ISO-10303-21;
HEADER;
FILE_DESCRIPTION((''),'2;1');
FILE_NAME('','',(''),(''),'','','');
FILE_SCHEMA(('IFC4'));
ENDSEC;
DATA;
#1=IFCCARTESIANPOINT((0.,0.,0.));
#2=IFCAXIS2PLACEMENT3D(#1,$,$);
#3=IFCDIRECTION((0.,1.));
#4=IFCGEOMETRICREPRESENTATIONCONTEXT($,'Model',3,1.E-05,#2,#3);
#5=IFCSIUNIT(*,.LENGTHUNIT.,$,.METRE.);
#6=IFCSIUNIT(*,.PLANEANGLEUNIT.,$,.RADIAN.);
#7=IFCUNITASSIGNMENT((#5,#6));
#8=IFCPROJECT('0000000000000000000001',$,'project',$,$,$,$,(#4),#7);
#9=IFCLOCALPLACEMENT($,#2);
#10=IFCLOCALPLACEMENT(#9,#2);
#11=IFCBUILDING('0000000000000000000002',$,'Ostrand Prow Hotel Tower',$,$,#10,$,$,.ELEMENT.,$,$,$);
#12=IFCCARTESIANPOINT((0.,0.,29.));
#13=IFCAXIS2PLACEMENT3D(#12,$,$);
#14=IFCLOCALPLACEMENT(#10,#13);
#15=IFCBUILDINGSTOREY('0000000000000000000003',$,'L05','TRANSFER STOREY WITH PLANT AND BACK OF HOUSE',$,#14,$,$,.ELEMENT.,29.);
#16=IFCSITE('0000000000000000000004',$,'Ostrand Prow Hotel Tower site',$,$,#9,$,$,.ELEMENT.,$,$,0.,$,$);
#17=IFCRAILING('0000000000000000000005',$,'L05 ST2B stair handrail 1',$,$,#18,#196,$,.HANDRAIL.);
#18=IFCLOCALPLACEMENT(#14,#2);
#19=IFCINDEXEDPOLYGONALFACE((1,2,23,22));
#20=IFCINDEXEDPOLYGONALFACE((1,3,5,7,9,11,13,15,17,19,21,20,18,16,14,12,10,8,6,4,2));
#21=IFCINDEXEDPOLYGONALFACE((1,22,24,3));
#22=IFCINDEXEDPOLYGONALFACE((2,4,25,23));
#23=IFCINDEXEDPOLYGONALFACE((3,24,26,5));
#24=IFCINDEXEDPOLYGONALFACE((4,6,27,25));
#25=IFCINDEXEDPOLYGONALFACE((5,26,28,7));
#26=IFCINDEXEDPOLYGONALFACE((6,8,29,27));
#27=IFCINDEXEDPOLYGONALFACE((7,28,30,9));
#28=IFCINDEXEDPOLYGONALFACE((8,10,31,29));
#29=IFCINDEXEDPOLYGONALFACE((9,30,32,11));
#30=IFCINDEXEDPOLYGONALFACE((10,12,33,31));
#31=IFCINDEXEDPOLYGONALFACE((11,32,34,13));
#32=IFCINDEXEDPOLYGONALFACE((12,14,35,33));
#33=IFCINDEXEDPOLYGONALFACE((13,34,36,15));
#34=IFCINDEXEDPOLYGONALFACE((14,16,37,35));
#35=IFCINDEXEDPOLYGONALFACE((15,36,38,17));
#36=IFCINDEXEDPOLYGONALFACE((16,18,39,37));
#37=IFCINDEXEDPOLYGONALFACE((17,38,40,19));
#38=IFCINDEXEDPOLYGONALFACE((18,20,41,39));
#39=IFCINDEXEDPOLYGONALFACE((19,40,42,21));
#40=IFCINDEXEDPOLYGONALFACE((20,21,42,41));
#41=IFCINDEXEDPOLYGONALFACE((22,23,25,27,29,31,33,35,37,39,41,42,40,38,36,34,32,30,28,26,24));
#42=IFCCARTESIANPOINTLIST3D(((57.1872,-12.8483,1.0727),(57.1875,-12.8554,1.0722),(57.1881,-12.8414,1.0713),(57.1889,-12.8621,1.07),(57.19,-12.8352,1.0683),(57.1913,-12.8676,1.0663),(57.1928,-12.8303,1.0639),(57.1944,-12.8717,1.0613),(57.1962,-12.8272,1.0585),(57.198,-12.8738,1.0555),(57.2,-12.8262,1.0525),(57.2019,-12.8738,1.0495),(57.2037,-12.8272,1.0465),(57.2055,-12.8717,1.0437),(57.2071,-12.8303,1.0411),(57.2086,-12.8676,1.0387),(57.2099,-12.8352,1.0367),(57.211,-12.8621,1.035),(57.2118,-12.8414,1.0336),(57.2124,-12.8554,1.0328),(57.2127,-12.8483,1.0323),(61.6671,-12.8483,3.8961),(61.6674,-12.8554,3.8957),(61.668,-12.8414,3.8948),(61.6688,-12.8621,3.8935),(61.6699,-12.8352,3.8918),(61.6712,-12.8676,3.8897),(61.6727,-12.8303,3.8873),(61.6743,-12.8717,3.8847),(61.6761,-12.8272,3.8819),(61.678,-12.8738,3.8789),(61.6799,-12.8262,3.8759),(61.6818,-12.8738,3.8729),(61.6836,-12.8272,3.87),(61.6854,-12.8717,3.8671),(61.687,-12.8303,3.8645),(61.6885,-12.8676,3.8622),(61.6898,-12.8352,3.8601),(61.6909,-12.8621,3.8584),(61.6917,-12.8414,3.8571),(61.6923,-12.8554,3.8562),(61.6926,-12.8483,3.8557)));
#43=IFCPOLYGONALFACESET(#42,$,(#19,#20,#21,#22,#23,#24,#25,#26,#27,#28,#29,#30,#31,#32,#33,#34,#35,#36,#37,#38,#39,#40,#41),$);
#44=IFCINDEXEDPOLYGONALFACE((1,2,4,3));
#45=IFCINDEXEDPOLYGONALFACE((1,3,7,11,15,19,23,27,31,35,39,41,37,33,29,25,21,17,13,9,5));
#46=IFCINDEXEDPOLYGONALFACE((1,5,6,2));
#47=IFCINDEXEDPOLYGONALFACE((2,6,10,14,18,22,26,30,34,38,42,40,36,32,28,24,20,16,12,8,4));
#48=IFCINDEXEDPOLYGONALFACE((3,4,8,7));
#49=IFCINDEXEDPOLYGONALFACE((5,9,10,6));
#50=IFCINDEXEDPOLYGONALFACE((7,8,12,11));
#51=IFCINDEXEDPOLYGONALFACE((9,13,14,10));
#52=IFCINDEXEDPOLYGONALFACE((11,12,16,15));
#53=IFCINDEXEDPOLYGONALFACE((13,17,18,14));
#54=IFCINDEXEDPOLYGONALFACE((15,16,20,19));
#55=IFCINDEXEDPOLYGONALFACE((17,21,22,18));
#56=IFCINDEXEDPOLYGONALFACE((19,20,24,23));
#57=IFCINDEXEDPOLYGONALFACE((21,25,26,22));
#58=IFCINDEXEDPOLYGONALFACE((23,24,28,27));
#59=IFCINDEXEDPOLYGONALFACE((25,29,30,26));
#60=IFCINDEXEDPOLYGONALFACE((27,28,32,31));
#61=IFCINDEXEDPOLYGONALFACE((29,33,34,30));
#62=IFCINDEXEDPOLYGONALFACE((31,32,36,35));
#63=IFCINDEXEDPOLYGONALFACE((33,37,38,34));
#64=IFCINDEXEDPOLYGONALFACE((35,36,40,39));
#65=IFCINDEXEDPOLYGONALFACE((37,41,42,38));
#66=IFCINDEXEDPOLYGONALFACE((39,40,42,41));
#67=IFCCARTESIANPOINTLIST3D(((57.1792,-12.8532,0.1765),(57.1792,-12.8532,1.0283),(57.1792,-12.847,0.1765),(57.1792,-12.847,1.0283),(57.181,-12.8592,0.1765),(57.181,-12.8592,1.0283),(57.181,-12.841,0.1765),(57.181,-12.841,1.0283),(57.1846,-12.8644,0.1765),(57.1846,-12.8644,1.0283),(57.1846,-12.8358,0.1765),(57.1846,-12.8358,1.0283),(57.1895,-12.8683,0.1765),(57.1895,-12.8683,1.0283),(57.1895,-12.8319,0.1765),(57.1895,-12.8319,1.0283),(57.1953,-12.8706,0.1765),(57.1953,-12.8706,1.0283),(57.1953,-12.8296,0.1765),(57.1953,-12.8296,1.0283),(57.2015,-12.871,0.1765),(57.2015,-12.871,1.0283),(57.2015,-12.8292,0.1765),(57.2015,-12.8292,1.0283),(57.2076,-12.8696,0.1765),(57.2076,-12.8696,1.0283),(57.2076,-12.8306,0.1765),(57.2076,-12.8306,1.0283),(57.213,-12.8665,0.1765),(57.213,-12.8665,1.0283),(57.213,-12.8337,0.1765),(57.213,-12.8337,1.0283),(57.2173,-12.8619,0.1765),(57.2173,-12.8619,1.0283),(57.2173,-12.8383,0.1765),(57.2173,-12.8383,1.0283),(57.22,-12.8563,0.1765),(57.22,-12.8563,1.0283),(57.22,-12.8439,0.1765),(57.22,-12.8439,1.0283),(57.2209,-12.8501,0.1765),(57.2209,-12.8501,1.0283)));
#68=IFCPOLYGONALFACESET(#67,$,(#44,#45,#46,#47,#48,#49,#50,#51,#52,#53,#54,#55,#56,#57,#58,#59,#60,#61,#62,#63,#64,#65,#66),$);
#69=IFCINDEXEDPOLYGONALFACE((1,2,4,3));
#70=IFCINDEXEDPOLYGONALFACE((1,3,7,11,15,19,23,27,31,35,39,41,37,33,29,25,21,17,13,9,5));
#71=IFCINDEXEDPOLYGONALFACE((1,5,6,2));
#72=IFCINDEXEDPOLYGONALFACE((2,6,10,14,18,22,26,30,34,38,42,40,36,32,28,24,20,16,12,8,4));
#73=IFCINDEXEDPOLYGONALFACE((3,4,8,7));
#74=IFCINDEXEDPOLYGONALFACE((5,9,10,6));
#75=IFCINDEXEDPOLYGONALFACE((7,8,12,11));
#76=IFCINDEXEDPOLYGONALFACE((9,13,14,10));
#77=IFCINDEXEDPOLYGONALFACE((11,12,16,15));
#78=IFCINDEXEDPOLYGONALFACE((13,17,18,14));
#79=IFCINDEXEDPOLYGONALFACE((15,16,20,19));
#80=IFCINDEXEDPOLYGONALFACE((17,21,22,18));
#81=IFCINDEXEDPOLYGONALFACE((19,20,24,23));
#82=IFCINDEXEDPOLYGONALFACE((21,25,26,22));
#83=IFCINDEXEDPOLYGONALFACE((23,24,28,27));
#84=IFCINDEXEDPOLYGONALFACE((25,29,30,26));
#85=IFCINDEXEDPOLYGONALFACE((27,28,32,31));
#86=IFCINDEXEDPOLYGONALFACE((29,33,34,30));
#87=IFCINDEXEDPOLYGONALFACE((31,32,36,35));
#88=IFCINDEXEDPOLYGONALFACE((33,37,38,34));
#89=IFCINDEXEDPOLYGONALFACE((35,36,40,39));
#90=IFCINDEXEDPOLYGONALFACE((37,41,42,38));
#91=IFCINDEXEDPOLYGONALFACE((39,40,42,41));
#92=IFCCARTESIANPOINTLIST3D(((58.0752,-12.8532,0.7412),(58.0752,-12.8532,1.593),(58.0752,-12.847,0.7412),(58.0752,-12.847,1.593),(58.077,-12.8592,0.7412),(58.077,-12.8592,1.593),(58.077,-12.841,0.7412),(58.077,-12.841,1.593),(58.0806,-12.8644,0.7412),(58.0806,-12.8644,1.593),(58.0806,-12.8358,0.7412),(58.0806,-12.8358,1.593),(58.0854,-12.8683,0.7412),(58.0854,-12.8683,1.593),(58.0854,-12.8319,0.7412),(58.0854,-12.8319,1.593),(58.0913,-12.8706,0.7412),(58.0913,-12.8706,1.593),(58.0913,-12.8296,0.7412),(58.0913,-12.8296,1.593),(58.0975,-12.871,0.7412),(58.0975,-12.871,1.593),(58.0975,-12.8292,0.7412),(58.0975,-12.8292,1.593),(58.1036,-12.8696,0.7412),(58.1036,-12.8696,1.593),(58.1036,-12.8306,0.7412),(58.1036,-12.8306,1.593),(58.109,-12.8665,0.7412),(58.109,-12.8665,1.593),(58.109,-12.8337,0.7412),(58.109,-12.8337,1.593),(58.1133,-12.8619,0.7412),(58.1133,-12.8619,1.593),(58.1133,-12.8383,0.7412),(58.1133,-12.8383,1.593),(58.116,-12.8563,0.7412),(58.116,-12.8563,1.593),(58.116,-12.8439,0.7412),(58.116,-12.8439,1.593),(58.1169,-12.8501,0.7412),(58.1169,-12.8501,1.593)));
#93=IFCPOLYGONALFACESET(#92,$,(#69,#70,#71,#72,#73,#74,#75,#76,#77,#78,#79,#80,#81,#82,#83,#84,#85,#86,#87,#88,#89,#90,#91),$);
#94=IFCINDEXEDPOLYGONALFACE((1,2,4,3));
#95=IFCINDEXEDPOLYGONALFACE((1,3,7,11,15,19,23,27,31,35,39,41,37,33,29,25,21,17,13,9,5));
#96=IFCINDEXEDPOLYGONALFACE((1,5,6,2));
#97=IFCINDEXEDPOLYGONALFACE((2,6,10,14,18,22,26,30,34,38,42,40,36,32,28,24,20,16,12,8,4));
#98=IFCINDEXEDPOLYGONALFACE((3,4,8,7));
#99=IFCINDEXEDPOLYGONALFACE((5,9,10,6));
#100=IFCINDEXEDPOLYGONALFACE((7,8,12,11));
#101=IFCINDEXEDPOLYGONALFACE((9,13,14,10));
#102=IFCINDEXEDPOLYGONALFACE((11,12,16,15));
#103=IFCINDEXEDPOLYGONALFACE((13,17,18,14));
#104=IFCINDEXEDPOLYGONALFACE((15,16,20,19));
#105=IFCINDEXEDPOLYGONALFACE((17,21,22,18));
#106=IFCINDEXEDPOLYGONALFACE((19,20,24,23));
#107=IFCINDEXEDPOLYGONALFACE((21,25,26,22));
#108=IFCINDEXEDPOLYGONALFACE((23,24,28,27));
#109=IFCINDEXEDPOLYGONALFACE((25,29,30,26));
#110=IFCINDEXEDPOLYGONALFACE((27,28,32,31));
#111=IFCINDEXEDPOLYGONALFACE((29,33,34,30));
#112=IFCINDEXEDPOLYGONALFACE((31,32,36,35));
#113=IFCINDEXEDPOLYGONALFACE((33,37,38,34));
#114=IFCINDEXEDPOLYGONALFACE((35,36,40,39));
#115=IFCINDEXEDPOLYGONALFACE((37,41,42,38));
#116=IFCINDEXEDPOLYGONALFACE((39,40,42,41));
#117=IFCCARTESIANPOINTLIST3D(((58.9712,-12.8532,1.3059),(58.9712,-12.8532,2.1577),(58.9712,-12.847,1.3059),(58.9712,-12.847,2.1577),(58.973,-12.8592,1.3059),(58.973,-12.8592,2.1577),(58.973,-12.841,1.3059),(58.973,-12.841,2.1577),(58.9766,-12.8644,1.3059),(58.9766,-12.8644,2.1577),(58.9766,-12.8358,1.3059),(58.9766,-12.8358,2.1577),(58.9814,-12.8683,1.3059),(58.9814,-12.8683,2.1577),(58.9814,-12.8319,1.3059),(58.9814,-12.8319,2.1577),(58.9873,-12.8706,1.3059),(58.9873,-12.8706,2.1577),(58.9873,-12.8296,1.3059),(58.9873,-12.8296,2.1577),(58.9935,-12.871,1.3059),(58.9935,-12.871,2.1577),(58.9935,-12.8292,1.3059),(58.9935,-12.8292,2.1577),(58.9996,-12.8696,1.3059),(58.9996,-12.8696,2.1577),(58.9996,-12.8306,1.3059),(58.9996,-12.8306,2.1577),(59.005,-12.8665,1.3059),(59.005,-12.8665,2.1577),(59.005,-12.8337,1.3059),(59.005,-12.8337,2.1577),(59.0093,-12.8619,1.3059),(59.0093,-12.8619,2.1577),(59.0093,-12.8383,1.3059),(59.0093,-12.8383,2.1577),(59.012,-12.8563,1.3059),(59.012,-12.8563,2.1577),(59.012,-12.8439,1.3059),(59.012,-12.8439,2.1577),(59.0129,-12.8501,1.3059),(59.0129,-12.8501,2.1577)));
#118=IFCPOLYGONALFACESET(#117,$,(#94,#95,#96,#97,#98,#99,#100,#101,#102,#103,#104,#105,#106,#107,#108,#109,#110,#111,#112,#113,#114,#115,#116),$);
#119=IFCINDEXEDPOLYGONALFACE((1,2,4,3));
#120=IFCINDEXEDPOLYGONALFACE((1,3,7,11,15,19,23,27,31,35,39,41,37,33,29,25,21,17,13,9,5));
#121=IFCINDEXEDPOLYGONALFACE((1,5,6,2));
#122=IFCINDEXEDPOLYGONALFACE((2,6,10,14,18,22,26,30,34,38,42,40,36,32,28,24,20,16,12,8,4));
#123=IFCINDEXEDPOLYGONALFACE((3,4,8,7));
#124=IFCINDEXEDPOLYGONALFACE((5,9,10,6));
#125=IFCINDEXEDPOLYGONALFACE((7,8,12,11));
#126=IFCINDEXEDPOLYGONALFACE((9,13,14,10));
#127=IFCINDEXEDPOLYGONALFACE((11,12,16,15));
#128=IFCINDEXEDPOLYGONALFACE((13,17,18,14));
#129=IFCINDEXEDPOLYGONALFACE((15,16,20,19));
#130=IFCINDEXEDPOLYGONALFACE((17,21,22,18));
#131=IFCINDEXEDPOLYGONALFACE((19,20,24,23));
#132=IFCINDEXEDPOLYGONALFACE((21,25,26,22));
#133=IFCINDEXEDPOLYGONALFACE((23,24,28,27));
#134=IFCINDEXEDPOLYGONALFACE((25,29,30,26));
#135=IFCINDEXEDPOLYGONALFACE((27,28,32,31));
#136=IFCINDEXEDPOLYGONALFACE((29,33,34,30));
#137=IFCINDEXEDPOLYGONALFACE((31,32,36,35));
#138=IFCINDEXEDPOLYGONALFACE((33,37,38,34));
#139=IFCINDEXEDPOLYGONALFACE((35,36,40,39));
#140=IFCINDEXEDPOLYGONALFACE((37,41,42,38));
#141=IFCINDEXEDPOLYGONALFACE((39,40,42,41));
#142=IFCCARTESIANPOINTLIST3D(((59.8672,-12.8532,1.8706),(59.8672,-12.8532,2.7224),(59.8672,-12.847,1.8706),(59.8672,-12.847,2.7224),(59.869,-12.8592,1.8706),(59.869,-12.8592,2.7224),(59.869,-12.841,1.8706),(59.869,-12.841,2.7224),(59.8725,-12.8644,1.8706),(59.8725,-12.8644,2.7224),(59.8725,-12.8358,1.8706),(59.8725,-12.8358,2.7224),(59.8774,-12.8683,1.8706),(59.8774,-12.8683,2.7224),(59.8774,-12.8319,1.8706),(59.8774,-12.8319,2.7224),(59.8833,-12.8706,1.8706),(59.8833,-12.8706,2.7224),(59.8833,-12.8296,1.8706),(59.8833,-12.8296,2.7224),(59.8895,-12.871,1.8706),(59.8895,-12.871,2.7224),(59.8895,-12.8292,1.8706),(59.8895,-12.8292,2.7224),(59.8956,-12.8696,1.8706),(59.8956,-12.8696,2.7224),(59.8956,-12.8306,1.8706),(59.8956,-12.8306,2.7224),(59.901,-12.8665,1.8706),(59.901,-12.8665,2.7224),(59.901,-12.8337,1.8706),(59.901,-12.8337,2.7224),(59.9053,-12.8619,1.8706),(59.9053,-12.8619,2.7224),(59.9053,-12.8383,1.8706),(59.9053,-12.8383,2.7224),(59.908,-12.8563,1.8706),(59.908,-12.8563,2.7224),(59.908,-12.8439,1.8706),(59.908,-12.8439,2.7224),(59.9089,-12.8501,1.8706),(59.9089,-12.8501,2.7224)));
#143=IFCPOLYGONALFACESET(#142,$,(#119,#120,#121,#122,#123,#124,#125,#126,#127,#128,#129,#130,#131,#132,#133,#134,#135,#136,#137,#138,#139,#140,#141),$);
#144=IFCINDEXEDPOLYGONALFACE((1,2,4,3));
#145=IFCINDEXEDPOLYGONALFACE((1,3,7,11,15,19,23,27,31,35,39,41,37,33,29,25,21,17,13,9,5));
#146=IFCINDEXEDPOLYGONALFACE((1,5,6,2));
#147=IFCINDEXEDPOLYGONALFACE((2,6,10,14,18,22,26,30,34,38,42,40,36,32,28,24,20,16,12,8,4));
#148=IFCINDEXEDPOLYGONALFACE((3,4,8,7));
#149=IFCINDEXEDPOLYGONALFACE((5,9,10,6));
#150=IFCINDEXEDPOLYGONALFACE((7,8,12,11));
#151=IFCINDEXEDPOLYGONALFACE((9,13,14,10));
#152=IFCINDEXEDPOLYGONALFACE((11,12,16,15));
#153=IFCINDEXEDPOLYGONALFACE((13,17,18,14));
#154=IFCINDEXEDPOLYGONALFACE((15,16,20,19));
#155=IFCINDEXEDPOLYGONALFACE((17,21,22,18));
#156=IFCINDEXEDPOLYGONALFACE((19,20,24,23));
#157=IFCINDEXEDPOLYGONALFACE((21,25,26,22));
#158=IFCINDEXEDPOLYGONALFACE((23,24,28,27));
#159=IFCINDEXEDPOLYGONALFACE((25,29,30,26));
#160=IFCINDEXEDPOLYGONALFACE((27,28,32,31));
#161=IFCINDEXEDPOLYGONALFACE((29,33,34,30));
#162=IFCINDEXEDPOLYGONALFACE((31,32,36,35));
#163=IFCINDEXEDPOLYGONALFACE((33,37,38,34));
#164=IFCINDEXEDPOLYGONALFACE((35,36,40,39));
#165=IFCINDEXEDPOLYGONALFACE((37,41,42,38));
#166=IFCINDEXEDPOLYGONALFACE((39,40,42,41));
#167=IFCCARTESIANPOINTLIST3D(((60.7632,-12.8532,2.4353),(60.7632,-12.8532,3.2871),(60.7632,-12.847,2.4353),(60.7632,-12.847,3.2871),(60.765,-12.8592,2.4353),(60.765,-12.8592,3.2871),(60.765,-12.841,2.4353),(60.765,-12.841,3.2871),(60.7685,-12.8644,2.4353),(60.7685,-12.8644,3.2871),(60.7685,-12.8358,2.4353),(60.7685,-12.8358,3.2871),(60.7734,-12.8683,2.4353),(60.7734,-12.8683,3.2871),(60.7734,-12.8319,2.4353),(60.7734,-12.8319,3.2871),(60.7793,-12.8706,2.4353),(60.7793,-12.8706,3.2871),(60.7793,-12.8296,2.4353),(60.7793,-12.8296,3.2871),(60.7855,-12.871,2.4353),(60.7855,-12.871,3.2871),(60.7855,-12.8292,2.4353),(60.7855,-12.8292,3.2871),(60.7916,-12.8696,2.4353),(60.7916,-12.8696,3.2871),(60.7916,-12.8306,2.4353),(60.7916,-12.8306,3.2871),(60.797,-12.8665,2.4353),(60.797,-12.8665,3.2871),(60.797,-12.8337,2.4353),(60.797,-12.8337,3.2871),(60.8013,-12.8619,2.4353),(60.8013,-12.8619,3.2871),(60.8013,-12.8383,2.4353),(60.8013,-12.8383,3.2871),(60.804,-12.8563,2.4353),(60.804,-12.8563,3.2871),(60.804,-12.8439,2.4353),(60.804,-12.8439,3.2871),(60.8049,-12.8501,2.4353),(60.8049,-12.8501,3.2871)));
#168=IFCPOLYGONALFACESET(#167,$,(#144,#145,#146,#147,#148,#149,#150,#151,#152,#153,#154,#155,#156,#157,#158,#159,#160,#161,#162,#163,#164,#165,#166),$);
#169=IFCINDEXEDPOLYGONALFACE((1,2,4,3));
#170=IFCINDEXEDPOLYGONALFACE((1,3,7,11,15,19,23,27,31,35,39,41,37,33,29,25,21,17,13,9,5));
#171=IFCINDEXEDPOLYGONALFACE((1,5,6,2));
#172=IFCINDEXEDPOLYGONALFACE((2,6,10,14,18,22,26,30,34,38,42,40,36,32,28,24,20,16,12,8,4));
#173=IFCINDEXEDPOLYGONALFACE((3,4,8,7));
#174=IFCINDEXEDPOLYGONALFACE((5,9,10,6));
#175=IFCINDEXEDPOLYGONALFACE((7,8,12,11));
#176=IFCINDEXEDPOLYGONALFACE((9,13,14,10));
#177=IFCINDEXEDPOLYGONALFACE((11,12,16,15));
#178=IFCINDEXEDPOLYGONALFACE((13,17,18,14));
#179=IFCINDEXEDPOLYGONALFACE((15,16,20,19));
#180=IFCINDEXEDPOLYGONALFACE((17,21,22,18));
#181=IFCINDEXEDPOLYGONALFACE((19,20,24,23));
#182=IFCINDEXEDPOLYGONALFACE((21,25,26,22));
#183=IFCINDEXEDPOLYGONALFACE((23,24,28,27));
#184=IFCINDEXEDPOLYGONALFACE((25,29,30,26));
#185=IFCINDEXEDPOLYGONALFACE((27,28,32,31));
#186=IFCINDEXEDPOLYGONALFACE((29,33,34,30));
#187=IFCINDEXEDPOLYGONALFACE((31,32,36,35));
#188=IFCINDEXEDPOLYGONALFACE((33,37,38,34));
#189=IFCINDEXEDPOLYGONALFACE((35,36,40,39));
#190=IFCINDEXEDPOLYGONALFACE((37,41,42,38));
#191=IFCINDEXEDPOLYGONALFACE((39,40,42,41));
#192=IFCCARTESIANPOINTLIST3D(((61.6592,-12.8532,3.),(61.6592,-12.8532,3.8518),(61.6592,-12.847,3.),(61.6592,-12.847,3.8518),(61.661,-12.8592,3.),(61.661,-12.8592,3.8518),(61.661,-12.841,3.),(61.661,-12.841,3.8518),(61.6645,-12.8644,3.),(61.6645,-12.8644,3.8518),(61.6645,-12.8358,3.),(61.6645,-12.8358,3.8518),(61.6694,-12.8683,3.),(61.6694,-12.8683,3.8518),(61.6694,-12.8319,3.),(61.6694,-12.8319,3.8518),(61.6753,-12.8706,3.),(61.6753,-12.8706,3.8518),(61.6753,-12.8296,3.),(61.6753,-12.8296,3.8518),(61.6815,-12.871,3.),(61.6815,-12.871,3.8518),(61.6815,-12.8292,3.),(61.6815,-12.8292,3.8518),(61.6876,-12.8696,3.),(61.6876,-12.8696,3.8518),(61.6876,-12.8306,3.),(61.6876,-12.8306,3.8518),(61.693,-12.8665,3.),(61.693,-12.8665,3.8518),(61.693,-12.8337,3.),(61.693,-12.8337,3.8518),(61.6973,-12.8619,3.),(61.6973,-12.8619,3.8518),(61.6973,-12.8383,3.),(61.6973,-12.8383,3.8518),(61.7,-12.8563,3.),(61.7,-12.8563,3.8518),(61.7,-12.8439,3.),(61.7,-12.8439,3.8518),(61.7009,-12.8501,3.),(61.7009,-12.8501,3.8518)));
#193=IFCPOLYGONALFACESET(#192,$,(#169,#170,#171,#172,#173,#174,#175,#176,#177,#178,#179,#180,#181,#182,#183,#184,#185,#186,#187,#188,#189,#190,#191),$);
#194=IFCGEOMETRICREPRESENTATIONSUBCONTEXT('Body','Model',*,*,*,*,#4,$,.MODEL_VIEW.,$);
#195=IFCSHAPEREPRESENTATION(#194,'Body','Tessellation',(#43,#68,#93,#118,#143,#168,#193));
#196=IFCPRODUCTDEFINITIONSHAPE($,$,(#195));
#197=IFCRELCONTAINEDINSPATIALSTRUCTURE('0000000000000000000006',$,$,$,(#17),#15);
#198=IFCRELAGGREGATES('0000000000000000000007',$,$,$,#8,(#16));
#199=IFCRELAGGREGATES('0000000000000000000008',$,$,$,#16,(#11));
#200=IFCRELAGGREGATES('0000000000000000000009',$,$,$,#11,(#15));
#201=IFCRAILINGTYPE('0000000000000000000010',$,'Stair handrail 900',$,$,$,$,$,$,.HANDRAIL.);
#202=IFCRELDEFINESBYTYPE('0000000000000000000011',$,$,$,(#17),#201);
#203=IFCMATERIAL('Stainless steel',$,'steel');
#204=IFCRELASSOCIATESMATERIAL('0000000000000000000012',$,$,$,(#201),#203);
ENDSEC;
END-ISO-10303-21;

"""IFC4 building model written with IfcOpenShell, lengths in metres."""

from ifc_helpers import new_model, si_unit, direction, frame, origin, origin_2d, place, context, subcontext, project, spatial, circle, extrude, material, type_object, element, save


model = new_model("IFC4")

# Units and contexts
model_context = context("Model", 3, precision=1e-05, world=origin(), true_north=direction((0.0, 1.0)))
body_context = subcontext(model_context, "Body", "Model", "MODEL_VIEW")
ifc_project = project(units=[si_unit("LENGTHUNIT", "METRE"), si_unit("PLANEANGLEUNIT", "RADIAN")], contexts=[model_context])

# Site, building, storey
site_placement = place(None, origin())
site = spatial("IfcSite", under=ifc_project, at=site_placement, Name="Ostrand Prow Hotel Tower site", CompositionType="ELEMENT", RefElevation=0.0)
building_placement = place(site_placement, origin())
building = spatial("IfcBuilding", under=site, at=building_placement, Name="Ostrand Prow Hotel Tower", CompositionType="ELEMENT")
storey_placement = place(building_placement, frame((0.0, 0.0, 29.0)))
storey = spatial("IfcBuildingStorey", under=building, at=storey_placement, Name="L05", Description="TRANSFER STOREY WITH PLANT AND BACK OF HOUSE", CompositionType="ELEMENT", Elevation=29.0)

# Railing
ifc_material_1 = material(Name="Stainless steel", Category="steel")
railing_type_1 = type_object("IfcRailingType", Name="Stair handrail 900", PredefinedType="HANDRAIL", material=ifc_material_1)
railing_1_placement = place(storey_placement, frame((57.2, -12.8501, 0.1765)))
element("IfcRailing", 1, at=railing_1_placement, inside=storey, type_object=railing_type_1, Name="L05 ST2B stair handrail 1", PredefinedType="HANDRAIL", context=body_context, shape_type="SweptSolid", body=[
    extrude(circle(Radius=0.0239, at=origin_2d()), frame((0.0, 0.0, 0.876), z_axis=(0.845998, 0.0, 0.533186), x_axis=(0.0, 1.0, 0.0)), (0.0, 0.0, 1.0), 5.2954),
    extrude(circle(Radius=0.021, at=origin_2d()), origin(), (0.0, 0.0, 1.0), 0.8518),
    extrude(circle(Radius=0.021, at=origin_2d()), frame((0.896, 0.0, 0.5647)), (0.0, 0.0, 1.0), 0.8518),
    extrude(circle(Radius=0.021, at=origin_2d()), frame((1.792, 0.0, 1.1294)), (0.0, 0.0, 1.0), 0.8518),
    extrude(circle(Radius=0.021, at=origin_2d()), frame((2.688, 0.0, 1.6941)), (0.0, 0.0, 1.0), 0.8518),
    extrude(circle(Radius=0.021, at=origin_2d()), frame((3.584, 0.0, 2.2588)), (0.0, 0.0, 1.0), 0.8518),
    extrude(circle(Radius=0.021, at=origin_2d()), frame((4.48, 0.0, 2.8235)), (0.0, 0.0, 1.0), 0.8518),
])

save(model, "model.ifc")
